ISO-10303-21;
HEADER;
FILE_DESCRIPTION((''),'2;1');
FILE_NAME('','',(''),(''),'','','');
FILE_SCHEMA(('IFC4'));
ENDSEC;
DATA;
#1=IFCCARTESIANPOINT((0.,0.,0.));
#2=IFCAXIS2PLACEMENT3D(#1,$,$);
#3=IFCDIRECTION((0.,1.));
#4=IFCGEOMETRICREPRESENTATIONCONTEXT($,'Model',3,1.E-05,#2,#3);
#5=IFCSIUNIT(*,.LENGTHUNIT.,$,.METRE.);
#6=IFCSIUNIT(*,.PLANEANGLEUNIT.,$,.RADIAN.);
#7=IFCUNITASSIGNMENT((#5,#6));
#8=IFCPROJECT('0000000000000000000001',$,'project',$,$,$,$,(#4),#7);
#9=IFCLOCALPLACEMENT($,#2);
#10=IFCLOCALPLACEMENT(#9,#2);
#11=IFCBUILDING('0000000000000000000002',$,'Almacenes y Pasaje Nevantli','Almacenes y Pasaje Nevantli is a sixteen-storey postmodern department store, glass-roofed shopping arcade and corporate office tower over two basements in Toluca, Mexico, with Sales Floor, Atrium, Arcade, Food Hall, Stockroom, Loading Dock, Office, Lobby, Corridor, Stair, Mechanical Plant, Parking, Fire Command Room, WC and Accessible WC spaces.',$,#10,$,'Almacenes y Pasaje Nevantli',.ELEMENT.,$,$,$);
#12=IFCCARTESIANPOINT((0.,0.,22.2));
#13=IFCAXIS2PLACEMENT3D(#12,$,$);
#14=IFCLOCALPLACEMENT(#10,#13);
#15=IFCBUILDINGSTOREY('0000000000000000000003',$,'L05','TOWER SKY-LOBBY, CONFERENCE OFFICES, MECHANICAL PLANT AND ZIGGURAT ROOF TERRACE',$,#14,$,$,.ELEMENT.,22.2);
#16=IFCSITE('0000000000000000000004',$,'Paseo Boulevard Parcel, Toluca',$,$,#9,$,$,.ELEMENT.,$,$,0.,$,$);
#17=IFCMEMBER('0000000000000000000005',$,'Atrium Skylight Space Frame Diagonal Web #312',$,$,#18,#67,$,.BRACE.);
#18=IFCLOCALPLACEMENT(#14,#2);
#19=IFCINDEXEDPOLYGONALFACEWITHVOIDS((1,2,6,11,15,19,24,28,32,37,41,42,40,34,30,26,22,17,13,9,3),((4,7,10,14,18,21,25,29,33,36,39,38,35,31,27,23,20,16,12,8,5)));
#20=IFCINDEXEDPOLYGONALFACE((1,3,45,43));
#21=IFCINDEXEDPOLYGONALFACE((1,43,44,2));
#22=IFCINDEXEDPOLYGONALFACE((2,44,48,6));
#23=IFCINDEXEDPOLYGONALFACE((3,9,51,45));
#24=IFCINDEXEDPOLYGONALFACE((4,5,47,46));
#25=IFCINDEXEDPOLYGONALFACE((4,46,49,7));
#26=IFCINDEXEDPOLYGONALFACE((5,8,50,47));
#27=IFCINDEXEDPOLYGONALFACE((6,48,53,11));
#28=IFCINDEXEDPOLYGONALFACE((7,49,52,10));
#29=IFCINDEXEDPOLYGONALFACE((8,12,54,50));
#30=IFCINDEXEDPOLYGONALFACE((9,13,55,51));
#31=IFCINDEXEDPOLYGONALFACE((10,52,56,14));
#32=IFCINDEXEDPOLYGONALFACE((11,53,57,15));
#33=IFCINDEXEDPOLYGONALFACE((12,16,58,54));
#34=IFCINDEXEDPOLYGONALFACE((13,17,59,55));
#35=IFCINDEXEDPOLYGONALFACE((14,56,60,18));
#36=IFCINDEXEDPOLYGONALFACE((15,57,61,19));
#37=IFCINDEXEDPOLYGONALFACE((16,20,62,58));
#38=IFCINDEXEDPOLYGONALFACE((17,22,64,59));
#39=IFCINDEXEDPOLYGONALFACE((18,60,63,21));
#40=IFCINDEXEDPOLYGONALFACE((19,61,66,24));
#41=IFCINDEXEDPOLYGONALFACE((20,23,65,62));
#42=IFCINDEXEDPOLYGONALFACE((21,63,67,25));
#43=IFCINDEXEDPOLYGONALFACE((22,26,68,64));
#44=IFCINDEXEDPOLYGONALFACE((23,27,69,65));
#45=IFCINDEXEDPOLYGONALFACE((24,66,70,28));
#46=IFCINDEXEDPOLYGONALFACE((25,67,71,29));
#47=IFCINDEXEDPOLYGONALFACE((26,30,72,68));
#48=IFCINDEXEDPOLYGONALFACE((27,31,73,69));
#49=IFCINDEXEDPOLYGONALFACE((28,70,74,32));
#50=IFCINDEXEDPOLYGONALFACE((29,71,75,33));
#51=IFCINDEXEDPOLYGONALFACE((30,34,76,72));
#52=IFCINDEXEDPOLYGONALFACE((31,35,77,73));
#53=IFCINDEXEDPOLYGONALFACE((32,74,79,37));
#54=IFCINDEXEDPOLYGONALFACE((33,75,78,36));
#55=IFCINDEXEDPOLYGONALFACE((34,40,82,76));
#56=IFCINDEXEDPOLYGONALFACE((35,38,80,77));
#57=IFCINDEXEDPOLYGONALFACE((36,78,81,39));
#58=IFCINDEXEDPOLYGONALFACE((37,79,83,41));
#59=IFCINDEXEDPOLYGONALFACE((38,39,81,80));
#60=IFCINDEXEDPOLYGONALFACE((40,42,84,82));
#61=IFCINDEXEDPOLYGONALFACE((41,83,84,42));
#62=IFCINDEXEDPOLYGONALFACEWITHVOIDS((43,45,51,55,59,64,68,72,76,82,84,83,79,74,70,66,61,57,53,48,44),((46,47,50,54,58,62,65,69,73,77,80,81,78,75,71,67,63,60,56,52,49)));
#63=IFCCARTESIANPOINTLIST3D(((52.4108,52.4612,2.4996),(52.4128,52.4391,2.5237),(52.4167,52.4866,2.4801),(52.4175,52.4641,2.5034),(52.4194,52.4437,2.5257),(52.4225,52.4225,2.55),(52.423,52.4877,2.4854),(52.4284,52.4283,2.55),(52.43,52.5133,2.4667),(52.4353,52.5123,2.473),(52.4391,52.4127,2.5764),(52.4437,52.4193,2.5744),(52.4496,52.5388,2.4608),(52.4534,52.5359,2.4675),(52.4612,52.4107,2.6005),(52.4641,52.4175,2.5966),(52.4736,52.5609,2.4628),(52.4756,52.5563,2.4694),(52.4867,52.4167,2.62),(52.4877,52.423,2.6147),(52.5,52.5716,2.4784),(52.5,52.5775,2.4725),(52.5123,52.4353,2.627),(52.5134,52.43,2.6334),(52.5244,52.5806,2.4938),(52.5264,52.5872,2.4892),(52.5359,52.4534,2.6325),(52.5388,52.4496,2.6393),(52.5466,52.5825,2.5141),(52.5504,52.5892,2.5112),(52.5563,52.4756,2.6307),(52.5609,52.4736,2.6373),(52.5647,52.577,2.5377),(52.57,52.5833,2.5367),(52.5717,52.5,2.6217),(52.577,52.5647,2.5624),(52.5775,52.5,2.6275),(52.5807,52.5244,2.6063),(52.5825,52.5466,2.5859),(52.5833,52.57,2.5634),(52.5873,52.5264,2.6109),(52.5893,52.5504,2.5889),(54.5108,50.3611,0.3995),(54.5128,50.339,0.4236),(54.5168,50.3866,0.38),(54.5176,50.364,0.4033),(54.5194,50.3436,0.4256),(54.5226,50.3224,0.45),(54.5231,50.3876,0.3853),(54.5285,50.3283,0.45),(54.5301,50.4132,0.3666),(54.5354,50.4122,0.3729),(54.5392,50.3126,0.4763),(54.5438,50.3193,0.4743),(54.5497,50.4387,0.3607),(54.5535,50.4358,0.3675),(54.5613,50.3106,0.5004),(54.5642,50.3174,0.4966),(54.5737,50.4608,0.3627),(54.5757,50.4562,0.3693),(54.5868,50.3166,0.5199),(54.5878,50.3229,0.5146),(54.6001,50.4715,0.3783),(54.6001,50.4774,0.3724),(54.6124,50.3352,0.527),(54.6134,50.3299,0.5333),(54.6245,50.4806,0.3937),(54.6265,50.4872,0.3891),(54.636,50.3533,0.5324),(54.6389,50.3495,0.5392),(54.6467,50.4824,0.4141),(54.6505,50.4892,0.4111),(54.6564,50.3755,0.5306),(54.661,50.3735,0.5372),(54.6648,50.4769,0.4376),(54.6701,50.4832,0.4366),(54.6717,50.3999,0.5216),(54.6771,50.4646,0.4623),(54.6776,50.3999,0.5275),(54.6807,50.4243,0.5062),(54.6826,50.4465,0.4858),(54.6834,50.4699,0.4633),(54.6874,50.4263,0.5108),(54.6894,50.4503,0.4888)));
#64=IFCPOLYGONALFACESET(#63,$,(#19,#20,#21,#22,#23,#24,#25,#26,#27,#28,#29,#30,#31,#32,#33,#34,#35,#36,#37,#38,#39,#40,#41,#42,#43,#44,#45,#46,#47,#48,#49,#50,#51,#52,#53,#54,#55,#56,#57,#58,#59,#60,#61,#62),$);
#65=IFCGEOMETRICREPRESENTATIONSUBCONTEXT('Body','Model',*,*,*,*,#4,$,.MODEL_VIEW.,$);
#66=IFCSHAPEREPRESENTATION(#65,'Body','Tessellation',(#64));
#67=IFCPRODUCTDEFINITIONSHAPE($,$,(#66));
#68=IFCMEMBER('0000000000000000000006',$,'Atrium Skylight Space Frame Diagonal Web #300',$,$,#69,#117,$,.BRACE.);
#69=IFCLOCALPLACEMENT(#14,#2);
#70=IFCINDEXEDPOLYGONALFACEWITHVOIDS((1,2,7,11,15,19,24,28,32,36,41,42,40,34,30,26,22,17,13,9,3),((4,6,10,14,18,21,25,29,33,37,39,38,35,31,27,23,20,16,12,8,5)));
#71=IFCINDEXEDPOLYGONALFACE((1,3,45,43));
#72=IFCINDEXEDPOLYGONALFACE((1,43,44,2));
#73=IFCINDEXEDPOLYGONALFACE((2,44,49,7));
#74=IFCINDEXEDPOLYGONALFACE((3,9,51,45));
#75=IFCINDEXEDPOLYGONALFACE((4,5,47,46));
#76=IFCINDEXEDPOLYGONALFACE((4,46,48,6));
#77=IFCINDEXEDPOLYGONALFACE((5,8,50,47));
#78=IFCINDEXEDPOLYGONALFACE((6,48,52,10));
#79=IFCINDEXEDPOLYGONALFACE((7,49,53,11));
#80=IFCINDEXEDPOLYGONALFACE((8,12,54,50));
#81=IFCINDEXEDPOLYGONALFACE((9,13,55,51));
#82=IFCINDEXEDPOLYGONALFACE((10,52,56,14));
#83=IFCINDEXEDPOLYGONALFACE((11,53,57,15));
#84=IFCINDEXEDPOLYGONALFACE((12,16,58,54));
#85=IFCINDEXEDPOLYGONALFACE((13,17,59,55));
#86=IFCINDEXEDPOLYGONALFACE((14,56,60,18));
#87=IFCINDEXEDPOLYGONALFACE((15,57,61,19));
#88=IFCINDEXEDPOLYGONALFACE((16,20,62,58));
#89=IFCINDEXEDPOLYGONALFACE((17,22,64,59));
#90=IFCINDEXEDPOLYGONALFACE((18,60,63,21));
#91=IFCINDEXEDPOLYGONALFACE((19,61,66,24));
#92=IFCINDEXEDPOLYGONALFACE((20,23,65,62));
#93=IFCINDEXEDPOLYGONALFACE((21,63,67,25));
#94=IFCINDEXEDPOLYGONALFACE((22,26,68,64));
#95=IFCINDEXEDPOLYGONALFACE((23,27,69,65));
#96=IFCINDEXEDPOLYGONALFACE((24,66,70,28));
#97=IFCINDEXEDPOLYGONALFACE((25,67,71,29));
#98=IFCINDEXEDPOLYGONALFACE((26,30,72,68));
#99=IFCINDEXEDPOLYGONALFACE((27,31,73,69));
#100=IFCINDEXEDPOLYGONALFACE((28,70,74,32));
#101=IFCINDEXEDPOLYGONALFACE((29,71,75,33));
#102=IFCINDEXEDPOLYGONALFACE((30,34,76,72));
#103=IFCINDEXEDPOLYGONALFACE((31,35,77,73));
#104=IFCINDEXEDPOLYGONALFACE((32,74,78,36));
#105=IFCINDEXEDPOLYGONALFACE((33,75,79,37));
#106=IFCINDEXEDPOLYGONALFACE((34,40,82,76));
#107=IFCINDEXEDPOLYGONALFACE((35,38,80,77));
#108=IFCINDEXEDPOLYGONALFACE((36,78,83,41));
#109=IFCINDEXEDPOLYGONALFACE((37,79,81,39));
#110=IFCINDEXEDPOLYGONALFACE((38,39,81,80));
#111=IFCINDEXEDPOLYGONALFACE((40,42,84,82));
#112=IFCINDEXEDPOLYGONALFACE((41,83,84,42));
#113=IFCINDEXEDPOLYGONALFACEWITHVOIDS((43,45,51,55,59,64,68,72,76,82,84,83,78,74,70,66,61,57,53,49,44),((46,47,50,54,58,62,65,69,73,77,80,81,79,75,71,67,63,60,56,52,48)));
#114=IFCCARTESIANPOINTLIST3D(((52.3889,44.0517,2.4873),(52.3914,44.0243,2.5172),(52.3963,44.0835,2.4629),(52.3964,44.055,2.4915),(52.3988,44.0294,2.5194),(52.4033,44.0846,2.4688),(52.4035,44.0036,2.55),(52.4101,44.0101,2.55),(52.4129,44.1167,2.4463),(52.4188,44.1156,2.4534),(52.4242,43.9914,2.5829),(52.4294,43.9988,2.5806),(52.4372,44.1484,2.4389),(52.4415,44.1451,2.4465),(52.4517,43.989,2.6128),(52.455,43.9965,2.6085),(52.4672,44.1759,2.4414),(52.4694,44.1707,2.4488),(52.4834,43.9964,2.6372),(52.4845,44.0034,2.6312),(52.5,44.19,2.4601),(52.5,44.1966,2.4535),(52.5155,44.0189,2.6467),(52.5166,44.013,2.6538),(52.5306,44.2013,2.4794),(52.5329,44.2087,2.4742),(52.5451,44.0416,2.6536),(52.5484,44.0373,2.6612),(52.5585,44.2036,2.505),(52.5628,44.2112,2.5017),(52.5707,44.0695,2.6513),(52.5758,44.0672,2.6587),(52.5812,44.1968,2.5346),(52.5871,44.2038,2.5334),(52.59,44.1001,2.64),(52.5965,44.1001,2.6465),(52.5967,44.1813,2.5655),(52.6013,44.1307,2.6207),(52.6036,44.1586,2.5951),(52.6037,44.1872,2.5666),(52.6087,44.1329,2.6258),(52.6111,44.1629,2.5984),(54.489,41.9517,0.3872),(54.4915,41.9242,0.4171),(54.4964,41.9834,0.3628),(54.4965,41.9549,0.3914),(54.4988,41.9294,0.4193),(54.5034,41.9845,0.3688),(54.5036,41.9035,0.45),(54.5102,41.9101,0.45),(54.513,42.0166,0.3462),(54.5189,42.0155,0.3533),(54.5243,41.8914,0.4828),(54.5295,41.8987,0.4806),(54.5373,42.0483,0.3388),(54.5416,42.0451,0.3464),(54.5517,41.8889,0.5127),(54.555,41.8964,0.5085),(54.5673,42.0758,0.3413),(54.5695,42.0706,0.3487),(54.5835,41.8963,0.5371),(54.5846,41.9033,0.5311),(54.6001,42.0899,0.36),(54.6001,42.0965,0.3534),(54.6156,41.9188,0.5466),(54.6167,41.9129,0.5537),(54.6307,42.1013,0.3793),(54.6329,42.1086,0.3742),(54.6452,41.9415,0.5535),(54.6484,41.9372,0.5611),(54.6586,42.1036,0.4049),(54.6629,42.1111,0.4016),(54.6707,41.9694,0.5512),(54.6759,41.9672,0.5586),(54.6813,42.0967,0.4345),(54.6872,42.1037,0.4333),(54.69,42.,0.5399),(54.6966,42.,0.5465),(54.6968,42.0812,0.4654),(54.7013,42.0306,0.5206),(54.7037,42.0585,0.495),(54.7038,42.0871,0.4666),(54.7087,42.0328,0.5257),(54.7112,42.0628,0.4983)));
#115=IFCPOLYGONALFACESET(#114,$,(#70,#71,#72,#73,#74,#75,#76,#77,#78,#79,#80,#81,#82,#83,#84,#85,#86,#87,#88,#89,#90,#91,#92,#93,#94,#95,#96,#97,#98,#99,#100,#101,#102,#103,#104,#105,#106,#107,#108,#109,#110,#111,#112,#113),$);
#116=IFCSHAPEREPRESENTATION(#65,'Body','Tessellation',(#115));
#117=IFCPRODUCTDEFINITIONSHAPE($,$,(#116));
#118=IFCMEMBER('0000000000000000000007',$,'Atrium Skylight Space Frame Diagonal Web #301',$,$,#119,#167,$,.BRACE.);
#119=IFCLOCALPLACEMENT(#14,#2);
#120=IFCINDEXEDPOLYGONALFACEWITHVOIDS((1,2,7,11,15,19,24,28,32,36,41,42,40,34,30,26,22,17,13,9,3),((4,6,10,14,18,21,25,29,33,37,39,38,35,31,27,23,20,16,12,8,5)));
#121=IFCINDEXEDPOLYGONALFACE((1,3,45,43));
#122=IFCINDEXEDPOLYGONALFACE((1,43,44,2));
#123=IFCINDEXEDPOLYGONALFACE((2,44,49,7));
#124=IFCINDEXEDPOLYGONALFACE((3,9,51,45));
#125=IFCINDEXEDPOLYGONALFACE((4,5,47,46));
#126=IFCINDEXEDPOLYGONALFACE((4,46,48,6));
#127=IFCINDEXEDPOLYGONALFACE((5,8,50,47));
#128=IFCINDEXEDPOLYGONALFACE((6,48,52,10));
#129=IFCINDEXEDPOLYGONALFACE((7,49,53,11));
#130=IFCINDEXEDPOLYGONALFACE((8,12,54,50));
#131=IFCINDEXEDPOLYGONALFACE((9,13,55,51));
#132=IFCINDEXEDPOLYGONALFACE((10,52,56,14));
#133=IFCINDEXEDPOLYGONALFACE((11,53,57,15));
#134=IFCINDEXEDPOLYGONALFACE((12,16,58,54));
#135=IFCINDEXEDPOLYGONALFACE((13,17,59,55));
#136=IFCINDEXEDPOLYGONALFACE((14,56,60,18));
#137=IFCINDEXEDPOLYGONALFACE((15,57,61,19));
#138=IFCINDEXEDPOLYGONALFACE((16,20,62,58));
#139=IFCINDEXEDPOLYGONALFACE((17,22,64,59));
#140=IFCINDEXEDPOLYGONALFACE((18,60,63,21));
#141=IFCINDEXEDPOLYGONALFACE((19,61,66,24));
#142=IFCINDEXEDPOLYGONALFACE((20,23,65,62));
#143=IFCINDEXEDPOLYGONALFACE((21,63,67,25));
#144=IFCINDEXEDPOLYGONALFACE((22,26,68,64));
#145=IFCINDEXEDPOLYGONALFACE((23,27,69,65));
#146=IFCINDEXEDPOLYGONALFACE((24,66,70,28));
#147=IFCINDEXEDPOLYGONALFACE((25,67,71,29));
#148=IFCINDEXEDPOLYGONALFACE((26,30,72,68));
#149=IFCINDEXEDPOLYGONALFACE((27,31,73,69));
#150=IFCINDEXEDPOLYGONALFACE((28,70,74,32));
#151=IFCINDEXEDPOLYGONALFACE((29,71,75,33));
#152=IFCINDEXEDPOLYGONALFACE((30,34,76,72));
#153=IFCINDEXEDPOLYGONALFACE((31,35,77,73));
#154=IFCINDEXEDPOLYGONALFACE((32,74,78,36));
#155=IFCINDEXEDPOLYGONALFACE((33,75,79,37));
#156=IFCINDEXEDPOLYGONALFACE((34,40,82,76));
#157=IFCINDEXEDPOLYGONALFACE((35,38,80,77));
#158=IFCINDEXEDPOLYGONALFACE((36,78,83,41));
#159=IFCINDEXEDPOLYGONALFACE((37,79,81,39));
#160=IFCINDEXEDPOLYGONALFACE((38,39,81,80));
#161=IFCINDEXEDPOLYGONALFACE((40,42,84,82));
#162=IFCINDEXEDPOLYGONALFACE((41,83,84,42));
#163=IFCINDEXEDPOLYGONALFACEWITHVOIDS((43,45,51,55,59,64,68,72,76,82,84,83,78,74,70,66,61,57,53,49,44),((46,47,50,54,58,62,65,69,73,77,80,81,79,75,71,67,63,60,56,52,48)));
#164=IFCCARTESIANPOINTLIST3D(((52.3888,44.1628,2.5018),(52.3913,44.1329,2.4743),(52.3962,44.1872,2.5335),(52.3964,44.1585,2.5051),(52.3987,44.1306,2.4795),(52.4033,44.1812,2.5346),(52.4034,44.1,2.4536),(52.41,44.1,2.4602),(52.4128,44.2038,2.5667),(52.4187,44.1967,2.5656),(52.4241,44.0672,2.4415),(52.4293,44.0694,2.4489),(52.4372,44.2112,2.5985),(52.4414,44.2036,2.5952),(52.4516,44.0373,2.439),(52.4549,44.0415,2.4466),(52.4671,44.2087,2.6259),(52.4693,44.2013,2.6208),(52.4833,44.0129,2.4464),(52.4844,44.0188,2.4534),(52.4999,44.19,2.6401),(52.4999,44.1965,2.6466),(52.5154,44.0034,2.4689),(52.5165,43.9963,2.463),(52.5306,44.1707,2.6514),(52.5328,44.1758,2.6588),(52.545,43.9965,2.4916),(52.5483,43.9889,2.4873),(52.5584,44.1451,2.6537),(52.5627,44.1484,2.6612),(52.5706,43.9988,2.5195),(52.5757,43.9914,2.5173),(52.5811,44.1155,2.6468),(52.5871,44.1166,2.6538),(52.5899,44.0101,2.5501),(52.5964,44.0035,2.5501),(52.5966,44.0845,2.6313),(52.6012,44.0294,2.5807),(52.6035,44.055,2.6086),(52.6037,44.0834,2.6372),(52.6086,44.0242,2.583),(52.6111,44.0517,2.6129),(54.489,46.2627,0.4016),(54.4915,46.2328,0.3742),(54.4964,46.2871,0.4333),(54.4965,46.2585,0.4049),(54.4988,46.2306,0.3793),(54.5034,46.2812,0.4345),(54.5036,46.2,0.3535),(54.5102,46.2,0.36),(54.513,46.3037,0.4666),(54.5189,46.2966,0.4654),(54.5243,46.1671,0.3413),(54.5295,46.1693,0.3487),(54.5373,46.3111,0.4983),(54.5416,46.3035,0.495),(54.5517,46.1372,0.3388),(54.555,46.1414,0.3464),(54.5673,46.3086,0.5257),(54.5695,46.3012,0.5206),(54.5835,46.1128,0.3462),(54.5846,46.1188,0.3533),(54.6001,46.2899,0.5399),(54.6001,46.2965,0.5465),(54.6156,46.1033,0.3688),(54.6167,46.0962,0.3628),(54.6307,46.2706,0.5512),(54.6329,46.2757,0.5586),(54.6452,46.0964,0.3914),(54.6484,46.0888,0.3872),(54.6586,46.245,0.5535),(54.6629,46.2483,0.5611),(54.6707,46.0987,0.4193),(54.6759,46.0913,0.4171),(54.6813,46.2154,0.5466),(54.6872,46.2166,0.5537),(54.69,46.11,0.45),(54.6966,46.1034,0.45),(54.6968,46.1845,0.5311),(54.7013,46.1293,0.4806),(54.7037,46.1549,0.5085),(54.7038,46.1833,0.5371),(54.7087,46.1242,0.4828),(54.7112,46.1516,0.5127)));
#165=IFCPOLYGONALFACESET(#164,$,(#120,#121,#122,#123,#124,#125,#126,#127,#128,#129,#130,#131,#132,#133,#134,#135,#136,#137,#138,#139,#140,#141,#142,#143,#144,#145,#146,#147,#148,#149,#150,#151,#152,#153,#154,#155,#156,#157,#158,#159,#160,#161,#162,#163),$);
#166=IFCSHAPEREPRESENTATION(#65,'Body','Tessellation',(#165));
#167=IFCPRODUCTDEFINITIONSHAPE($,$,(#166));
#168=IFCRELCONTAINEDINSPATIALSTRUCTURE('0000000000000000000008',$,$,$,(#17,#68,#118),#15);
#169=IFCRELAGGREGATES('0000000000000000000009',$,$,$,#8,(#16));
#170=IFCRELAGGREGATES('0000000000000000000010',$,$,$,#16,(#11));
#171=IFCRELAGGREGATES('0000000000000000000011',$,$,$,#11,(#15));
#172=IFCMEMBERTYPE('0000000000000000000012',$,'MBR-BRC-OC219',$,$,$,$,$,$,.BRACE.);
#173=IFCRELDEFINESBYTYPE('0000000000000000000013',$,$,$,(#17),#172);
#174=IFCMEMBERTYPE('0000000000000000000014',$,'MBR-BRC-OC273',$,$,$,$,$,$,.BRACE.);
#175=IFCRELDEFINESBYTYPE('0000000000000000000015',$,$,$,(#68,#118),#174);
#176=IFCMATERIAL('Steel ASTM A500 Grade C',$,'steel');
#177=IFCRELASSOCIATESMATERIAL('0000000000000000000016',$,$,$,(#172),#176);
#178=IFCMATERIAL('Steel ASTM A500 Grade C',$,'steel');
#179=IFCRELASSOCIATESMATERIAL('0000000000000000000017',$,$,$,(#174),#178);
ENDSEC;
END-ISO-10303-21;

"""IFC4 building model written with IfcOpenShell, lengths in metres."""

from ifc_helpers import new_model, si_unit, direction, frame, origin, origin_2d, place, context, subcontext, project, spatial, hollow_circle, extrude, material, material_profile, profile_set, type_object, element, save


model = new_model("IFC4")

# Units and contexts
model_context = context("Model", 3, precision=1e-05, world=origin(), true_north=direction((0.0, 1.0)))
body_context = subcontext(model_context, "Body", "Model", "MODEL_VIEW")
ifc_project = project(units=[si_unit("LENGTHUNIT", "METRE"), si_unit("PLANEANGLEUNIT", "RADIAN")], contexts=[model_context])

# Site, building, storey
site_placement = place(None, origin())
site = spatial("IfcSite", under=ifc_project, at=site_placement, Name="Paseo Boulevard Parcel, Toluca", CompositionType="ELEMENT", RefElevation=0.0)
building_placement = place(site_placement, origin())
building = spatial("IfcBuilding", under=site, at=building_placement, Name="Almacenes y Pasaje Nevantli", Description="Almacenes y Pasaje Nevantli is a sixteen-storey postmodern department store, glass-roofed shopping arcade and corporate office tower over two basements in Toluca, Mexico, with Sales Floor, Atrium, Arcade, Food Hall, Stockroom, Loading Dock, Office, Lobby, Corridor, Stair, Mechanical Plant, Parking, Fire Command Room, WC and Accessible WC spaces.", LongName="Almacenes y Pasaje Nevantli", CompositionType="ELEMENT")
storey_placement = place(building_placement, frame((0.0, 0.0, 22.2)))
storey = spatial("IfcBuildingStorey", under=building, at=storey_placement, Name="L05", Description="TOWER SKY-LOBBY, CONFERENCE OFFICES, MECHANICAL PLANT AND ZIGGURAT ROOF TERRACE", CompositionType="ELEMENT", Elevation=22.2)

# Members
ifc_material_1 = material(Name="Steel ASTM A500 Grade C", Category="steel")
ifc_material_profile_1 = material_profile(ifc_material_1, hollow_circle(Radius=0.1096, WallThickness=0.0083, at=origin_2d()), Name="OC 219x8.2")
ifc_profile_set_1 = profile_set([ifc_material_profile_1], Name="Steel ASTM A500 Grade C")
member_type_1 = type_object("IfcMemberType", Name="MBR-BRC-OC219", PredefinedType="BRACE", material=ifc_profile_set_1)
for number, where, z_axis, x_axis, name in (
    (1, (54.6001, 50.3999, 0.45), (-0.57735, 0.57735, 0.57735), (-0.707107, -0.707107, 0.0), "Atrium Skylight Space Frame Diagonal Web #312"),
):
    element("IfcMember", number, at=place(storey_placement, frame(where, z_axis=z_axis, x_axis=x_axis)), inside=storey, type_object=member_type_1, Name=name, PredefinedType="BRACE", context=body_context, shape_type="SweptSolid", body=[
        extrude(hollow_circle(Radius=0.1096, WallThickness=0.0083, at=origin_2d()), origin(), (0.0, 0.0, 1.0), 3.6375),
    ])
ifc_material_2 = material(Name="Steel ASTM A500 Grade C", Category="steel")
ifc_material_profile_2 = material_profile(ifc_material_2, hollow_circle(Radius=0.1365, WallThickness=0.0093, at=origin_2d()), Name="OC 273x9.3")
ifc_profile_set_2 = profile_set([ifc_material_profile_2], Name="Steel ASTM A500 Grade C")
member_type_2 = type_object("IfcMemberType", Name="MBR-BRC-OC273", PredefinedType="BRACE", material=ifc_profile_set_2)
for number, where, z_axis, x_axis, name in (
    (2, (54.6001, 42.0, 0.45), (-0.57735, 0.57735, 0.57735), (-0.707107, -0.707107, 0.0), "Atrium Skylight Space Frame Diagonal Web #300"),
    (3, (54.6001, 46.2, 0.45), (-0.577373, -0.577306, 0.577373), (0.707066, -0.707148, 0.0), "Atrium Skylight Space Frame Diagonal Web #301"),
):
    element("IfcMember", number, at=place(storey_placement, frame(where, z_axis=z_axis, x_axis=x_axis)), inside=storey, type_object=member_type_2, Name=name, PredefinedType="BRACE", context=body_context, shape_type="SweptSolid", body=[
        extrude(hollow_circle(Radius=0.1365, WallThickness=0.0093, at=origin_2d()), origin(), (0.0, 0.0, 1.0), 3.6375),
    ])

save(model, "model.ifc")
